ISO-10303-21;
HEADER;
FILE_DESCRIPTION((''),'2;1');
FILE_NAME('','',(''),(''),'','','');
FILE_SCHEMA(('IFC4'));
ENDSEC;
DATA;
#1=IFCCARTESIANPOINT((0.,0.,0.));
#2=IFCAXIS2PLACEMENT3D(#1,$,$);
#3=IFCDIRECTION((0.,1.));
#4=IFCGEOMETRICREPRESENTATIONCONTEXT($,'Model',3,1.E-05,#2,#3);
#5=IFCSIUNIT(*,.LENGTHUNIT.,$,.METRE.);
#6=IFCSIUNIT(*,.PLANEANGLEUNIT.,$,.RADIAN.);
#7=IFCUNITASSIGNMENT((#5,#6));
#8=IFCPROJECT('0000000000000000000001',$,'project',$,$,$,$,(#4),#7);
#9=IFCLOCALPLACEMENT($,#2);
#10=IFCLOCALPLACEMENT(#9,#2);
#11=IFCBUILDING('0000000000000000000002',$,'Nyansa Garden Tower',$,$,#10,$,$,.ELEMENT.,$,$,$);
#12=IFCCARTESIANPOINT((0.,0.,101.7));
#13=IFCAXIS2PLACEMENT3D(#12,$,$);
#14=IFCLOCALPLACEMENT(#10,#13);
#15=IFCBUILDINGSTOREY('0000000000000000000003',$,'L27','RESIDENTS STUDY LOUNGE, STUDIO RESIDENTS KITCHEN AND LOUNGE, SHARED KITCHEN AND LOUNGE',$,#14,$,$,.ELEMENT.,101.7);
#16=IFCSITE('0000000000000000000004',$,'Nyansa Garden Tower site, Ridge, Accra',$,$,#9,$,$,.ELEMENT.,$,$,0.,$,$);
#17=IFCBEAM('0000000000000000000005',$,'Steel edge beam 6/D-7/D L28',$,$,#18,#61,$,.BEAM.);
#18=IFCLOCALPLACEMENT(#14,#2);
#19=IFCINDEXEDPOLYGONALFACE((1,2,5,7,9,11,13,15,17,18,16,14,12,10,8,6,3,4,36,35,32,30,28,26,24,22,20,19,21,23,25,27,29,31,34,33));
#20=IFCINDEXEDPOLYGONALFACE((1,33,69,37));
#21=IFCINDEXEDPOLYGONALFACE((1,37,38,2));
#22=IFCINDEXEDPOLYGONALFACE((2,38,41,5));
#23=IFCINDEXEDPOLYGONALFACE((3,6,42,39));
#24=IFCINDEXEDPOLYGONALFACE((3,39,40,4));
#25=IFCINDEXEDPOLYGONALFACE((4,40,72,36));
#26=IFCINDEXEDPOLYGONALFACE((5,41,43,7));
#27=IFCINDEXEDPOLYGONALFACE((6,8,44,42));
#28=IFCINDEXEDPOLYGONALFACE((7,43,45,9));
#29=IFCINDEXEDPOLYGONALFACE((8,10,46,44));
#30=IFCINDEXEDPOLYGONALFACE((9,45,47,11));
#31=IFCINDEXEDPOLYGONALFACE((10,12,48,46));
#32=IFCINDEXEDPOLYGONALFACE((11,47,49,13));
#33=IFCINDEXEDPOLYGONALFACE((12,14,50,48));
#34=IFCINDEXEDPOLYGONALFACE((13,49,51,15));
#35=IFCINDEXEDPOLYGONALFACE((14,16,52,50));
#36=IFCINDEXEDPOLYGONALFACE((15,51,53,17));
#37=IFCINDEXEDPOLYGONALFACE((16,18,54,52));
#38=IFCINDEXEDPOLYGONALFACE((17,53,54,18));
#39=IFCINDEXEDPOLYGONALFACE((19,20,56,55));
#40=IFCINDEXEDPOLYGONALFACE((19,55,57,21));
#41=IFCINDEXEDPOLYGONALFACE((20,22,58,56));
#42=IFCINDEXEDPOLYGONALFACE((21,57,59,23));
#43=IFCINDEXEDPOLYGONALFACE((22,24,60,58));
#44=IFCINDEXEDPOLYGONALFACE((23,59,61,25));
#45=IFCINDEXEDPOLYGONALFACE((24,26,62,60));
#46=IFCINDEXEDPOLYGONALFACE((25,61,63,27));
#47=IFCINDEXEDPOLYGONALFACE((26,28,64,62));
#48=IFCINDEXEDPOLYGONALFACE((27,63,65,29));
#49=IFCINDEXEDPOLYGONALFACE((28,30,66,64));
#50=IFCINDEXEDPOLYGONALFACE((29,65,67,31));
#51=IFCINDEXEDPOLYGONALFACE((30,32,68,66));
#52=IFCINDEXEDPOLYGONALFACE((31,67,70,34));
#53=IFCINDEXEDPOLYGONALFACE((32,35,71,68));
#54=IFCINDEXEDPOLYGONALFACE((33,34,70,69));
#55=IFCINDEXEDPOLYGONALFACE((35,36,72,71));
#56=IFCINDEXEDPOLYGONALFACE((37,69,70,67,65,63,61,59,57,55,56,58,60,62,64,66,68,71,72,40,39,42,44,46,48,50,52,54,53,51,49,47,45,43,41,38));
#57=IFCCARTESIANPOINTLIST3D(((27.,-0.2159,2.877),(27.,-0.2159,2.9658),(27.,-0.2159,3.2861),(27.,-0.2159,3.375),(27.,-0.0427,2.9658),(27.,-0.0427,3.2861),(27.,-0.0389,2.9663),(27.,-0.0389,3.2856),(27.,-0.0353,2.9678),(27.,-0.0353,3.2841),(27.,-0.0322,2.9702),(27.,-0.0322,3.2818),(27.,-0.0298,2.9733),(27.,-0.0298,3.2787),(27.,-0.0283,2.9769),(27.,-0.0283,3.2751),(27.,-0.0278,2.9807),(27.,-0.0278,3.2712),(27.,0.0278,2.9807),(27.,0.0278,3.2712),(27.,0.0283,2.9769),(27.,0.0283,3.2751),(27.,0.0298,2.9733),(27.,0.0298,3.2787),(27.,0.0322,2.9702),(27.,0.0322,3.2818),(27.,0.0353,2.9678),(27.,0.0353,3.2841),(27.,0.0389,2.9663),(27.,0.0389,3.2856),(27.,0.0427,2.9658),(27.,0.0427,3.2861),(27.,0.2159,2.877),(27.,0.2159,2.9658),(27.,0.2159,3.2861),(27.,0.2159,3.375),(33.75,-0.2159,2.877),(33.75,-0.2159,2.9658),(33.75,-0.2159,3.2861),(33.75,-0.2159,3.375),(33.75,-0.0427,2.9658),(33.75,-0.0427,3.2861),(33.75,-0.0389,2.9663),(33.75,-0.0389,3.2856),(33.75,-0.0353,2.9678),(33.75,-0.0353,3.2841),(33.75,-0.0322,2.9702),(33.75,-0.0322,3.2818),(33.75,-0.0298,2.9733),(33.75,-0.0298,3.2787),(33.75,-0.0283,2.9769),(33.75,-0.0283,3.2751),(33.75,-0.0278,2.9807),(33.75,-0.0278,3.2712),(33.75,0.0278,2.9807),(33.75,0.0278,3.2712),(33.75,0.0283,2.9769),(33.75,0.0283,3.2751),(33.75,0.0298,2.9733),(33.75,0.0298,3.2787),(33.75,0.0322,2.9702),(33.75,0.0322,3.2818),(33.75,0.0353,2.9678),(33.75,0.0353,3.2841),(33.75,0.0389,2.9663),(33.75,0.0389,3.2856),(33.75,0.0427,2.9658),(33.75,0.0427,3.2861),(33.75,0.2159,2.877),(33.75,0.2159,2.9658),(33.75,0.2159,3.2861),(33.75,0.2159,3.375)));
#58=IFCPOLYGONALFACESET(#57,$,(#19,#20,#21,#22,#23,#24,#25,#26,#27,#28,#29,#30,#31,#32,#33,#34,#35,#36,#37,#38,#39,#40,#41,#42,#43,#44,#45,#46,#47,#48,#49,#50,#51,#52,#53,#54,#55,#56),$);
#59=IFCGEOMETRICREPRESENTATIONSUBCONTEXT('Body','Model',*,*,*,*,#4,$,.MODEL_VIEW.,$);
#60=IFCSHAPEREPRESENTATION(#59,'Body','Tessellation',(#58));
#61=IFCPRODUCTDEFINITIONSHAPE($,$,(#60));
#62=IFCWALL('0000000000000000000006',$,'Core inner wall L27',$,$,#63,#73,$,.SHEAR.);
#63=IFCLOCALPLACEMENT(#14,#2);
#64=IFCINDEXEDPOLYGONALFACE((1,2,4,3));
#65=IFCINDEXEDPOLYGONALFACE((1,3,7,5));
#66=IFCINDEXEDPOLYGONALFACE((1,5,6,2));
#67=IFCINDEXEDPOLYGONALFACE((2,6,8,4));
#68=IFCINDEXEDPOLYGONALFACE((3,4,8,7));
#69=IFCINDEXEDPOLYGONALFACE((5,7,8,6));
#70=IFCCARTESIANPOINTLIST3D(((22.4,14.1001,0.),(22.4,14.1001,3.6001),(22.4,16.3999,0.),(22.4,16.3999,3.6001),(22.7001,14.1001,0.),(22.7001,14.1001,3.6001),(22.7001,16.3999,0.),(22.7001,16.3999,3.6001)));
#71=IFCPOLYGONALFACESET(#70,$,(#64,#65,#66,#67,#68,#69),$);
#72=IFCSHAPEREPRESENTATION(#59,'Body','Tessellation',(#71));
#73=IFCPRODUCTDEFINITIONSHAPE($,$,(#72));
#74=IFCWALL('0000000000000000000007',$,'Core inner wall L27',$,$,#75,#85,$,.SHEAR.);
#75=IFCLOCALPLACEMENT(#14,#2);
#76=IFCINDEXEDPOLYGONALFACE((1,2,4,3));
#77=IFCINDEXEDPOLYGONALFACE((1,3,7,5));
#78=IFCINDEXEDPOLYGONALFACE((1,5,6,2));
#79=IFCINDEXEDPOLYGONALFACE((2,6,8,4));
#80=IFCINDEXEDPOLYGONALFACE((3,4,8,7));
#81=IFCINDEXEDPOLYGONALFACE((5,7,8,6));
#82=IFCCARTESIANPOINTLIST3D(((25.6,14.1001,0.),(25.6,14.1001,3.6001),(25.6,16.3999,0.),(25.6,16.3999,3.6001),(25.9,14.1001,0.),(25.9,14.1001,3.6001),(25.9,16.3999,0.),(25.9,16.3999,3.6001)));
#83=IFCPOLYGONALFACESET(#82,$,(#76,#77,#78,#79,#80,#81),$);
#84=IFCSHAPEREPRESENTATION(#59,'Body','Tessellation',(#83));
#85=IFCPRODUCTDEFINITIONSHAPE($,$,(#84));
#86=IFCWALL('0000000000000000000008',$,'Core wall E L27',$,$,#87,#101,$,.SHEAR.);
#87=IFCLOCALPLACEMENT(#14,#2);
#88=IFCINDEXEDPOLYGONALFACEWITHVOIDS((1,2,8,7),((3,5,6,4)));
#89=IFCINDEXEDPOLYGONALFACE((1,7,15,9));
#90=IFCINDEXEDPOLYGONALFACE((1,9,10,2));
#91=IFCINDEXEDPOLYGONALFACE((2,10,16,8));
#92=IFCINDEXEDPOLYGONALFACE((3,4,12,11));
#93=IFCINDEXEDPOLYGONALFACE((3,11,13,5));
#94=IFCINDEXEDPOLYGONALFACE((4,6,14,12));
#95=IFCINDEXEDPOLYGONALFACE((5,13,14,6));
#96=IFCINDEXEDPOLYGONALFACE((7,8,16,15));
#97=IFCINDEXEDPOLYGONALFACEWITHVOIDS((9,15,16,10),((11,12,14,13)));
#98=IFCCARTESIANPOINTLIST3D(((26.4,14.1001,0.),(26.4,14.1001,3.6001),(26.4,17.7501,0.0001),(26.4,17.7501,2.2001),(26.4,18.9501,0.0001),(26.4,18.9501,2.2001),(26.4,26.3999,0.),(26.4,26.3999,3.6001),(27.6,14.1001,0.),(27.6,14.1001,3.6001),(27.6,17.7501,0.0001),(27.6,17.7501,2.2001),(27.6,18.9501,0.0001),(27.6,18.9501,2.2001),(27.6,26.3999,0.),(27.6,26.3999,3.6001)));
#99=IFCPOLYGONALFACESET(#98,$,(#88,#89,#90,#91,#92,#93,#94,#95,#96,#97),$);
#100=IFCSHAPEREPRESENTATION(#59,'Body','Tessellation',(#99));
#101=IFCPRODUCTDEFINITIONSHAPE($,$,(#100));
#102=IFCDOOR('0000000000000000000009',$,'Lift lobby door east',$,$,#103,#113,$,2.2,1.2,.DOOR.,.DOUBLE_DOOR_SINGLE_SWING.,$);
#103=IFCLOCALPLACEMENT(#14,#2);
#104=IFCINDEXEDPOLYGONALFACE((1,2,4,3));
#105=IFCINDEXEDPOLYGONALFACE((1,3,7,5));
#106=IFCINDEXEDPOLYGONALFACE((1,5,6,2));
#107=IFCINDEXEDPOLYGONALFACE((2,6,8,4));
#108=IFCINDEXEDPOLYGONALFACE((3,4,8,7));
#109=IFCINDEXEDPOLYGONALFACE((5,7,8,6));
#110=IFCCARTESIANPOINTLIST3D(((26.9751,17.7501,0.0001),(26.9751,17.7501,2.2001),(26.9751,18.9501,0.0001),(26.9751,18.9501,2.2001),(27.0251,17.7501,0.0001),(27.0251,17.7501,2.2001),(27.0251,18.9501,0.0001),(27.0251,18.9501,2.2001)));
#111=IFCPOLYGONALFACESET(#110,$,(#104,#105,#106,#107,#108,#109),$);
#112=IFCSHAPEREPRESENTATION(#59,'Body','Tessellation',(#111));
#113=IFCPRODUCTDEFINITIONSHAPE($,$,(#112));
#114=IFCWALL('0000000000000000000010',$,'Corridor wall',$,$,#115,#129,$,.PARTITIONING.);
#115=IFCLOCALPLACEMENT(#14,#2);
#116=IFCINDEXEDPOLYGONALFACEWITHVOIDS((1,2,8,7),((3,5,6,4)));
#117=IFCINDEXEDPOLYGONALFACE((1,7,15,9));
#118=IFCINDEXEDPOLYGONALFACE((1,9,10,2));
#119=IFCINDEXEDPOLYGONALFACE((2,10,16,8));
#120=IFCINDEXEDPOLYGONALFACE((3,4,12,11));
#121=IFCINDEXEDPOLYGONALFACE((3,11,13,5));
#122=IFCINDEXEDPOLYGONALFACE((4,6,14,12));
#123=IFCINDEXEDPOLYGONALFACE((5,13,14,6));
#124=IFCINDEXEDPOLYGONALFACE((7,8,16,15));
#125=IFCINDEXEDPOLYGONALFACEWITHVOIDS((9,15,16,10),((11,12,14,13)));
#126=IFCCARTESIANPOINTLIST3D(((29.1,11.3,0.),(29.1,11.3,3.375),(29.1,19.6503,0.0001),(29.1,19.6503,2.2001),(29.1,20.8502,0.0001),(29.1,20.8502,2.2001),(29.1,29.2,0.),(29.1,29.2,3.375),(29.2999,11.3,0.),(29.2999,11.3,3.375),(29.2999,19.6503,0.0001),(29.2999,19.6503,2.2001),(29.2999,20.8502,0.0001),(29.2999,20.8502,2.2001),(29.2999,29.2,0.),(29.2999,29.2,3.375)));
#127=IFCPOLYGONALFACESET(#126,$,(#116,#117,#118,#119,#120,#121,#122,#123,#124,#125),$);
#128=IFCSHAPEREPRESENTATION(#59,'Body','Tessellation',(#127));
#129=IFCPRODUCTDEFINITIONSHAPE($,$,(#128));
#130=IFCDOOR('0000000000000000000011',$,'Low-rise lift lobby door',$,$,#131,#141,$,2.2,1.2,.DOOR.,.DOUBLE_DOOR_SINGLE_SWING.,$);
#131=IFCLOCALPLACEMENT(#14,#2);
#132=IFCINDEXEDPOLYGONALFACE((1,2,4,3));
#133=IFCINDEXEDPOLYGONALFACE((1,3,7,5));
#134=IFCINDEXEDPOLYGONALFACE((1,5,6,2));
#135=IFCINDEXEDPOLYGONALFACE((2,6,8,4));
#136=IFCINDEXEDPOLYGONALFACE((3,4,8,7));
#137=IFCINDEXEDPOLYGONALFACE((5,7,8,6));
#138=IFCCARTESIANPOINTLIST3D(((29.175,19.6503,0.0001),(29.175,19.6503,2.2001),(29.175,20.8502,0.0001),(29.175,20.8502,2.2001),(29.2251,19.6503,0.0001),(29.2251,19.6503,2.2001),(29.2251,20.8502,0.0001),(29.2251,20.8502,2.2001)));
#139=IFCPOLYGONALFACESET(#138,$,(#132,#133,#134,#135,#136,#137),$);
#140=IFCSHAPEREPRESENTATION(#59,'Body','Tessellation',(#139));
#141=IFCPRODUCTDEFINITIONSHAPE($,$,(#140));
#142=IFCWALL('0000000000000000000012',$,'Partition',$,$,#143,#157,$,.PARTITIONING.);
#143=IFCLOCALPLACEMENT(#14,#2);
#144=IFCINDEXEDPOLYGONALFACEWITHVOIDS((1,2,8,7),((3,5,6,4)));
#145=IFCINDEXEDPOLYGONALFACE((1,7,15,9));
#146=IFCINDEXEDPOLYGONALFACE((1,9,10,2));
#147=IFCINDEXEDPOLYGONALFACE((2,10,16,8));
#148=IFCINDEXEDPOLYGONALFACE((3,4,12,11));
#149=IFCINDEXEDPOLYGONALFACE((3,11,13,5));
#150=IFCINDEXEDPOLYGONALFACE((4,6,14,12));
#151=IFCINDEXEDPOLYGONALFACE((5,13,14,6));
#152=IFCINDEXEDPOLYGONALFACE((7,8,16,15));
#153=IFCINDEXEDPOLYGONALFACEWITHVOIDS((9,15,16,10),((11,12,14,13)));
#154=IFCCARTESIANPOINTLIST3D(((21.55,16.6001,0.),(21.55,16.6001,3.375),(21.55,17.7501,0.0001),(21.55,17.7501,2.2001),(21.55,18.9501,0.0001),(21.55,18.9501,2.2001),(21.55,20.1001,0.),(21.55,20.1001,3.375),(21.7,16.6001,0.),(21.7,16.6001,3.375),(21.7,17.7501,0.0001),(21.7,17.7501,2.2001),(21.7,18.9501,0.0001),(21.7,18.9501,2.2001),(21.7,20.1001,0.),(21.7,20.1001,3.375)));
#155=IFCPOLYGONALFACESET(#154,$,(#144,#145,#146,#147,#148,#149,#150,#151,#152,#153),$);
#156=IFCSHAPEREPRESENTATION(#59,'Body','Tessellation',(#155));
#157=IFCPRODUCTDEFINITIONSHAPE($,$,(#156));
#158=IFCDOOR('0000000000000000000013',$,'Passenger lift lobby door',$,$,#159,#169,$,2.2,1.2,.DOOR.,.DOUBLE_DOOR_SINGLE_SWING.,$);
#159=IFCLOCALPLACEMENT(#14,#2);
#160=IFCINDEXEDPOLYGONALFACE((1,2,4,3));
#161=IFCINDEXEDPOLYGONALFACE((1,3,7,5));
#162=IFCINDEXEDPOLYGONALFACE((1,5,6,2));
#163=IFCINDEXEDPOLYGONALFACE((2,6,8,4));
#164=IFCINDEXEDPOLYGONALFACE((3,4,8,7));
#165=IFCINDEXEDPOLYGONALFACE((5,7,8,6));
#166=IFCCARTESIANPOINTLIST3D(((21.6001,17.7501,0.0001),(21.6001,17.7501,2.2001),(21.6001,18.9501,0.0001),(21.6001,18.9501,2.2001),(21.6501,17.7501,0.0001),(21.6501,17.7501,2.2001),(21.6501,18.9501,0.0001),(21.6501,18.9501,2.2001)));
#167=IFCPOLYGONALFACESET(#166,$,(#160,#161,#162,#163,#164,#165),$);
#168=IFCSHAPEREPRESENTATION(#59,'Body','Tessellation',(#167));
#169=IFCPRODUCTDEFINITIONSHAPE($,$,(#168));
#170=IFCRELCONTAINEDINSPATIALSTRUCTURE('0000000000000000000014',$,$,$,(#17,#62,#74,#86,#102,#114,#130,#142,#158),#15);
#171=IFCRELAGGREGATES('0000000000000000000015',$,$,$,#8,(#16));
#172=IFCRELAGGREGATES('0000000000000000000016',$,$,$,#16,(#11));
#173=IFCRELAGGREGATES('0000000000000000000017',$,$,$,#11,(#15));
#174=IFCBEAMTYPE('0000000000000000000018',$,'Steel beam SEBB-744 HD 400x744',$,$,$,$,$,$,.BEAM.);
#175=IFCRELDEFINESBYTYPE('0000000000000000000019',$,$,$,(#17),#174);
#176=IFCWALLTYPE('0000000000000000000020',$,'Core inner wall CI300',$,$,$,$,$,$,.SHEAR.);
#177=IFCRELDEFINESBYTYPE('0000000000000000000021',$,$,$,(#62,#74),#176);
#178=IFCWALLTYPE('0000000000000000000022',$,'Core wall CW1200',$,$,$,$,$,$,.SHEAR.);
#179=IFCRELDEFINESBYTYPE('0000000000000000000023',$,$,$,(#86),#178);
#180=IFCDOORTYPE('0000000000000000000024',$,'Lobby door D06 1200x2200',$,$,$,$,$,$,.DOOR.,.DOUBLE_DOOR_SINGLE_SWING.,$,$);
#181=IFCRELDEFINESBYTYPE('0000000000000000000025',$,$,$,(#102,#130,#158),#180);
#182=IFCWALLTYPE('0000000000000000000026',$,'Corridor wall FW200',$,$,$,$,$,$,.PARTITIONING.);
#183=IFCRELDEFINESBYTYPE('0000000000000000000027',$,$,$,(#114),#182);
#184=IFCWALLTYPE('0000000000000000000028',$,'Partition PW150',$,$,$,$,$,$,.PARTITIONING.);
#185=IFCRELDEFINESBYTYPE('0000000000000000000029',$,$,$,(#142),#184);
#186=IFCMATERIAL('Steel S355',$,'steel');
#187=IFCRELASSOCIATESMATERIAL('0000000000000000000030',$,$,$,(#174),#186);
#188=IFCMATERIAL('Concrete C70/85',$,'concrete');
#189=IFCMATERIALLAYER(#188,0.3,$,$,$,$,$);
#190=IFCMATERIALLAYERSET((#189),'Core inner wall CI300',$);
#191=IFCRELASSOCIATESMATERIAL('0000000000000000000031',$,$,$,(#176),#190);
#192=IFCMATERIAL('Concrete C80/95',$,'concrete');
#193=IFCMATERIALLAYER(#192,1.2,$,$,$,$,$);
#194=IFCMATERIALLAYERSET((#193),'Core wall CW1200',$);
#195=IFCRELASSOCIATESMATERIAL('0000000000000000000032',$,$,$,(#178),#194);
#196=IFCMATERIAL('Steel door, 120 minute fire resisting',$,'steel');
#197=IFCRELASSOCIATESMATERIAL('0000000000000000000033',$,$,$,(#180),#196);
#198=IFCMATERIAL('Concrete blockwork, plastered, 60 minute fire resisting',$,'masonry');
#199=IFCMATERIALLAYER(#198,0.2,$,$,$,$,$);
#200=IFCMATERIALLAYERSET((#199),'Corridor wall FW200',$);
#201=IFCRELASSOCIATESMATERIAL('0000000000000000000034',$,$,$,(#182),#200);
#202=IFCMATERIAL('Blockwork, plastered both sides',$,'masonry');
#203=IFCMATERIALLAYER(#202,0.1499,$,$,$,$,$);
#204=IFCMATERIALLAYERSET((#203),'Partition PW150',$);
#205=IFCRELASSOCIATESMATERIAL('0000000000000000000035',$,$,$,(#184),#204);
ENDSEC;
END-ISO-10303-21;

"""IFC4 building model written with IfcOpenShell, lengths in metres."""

from ifc_helpers import new_model, si_unit, direction, frame, frame_2d, origin, origin_2d, place, context, subcontext, project, spatial, rectangle, i_section, extrude, material, layer, layer_set, material_profile, profile_set, type_object, element, fill, save


model = new_model("IFC4")

# Units and contexts
model_context = context("Model", 3, precision=1e-05, world=origin(), true_north=direction((0.0, 1.0)))
body_context = subcontext(model_context, "Body", "Model", "MODEL_VIEW")
ifc_project = project(units=[si_unit("LENGTHUNIT", "METRE"), si_unit("PLANEANGLEUNIT", "RADIAN")], contexts=[model_context])

# Site, building, storey
site_placement = place(None, origin())
site = spatial("IfcSite", under=ifc_project, at=site_placement, Name="Nyansa Garden Tower site, Ridge, Accra", CompositionType="ELEMENT", RefElevation=0.0)
building_placement = place(site_placement, origin())
building = spatial("IfcBuilding", under=site, at=building_placement, Name="Nyansa Garden Tower", CompositionType="ELEMENT")
storey_placement = place(building_placement, frame((0.0, 0.0, 101.7)))
storey = spatial("IfcBuildingStorey", under=building, at=storey_placement, Name="L27", Description="RESIDENTS STUDY LOUNGE, STUDIO RESIDENTS KITCHEN AND LOUNGE, SHARED KITCHEN AND LOUNGE", CompositionType="ELEMENT", Elevation=101.7)

# Beam
ifc_material_1 = material(Name="Steel S355", Category="steel")
ifc_material_profile_1 = material_profile(ifc_material_1, i_section(OverallWidth=0.4319, OverallDepth=0.498, WebThickness=0.0557, FlangeThickness=0.0889, FilletRadius=0.0149, at=origin_2d()), Name="HD 400x744")
ifc_profile_set_1 = profile_set([ifc_material_profile_1], Name="Steel S355")
beam_type_1 = type_object("IfcBeamType", Name="Steel beam SEBB-744 HD 400x744", PredefinedType="BEAM", material=ifc_profile_set_1)
beam_1_placement = place(storey_placement, frame((27.0, 0.0, 3.126), z_axis=(1.0, 0.0, 0.0), x_axis=(0.0, 1.0, 0.0)))
element("IfcBeam", 1, at=beam_1_placement, inside=storey, type_object=beam_type_1, Name="Steel edge beam 6/D-7/D L28", PredefinedType="BEAM", context=body_context, shape_type="SweptSolid", body=[
    extrude(i_section(OverallWidth=0.4319, OverallDepth=0.498, WebThickness=0.0557, FlangeThickness=0.0889, FilletRadius=0.0149, at=origin_2d()), origin(), (0.0, 0.0, 1.0), 6.75),
])

# Walls
ifc_material_2 = material(Name="Concrete C70/85", Category="concrete")
ifc_layer_1 = layer(ifc_material_2, 0.3)
ifc_layer_set_1 = layer_set([ifc_layer_1], Name="Core inner wall CI300")
wall_type_1 = type_object("IfcWallType", Name="Core inner wall CI300", PredefinedType="SHEAR", material=ifc_layer_set_1)
for number, where, z_axis, x_axis, name in (
    (2, (22.55, 14.1001, 0.0), (0.0, 0.0, 1.0), (0.0, 1.0, 0.0), "Core inner wall L27"),
    (3, (25.75, 14.1001, 0.0), (0.0, 0.0, 1.0), (0.0, 1.0, 0.0), "Core inner wall L27"),
):
    element("IfcWall", number, at=place(storey_placement, frame(where, z_axis=z_axis, x_axis=x_axis)), inside=storey, type_object=wall_type_1, Name=name, PredefinedType="SHEAR", context=body_context, shape_type="SweptSolid", body=[
        extrude(rectangle(XDim=2.2998, YDim=0.3, at=frame_2d((1.1499, 0.0))), origin(), (0.0, 0.0, 1.0), 3.6001),
    ])

# Walls, openings, doors
ifc_material_3 = material(Name="Concrete C80/95", Category="concrete")
ifc_layer_2 = layer(ifc_material_3, 1.2)
ifc_layer_set_2 = layer_set([ifc_layer_2], Name="Core wall CW1200")
wall_type_2 = type_object("IfcWallType", Name="Core wall CW1200", PredefinedType="SHEAR", material=ifc_layer_set_2)
wall_1_placement = place(storey_placement, frame((27.0, 14.1001, 0.0), z_axis=(0.0, 0.0, 1.0), x_axis=(0.0, 1.0, 0.0)))
wall_1 = element("IfcWall", 4, at=wall_1_placement, inside=storey, type_object=wall_type_2, Name="Core wall E L27", PredefinedType="SHEAR", context=body_context, shape_type="SweptSolid", body=[
    extrude(rectangle(XDim=12.2998, YDim=1.2, at=frame_2d((6.1499, 0.0))), origin(), (0.0, 0.0, 1.0), 3.6001),
])
opening_1_placement = place(wall_1_placement, frame((3.6499, 0.0, 0.0)))
opening_1 = element("IfcOpeningElement", 5, at=opening_1_placement, cuts=wall_1, PredefinedType="OPENING", context=body_context, shape_type="SweptSolid", body=[
    extrude(rectangle(XDim=1.2, YDim=2.2, at=frame_2d((0.6001, 1.1001))), frame((0.0, 0.6099, 0.0), z_axis=(0.0, -1.0, 0.0), x_axis=(1.0, 0.0, 0.0)), (0.0, 0.0, 1.0), 1.22),
])
ifc_material_4 = material(Name="Steel door, 120 minute fire resisting", Category="steel")
door_type_1 = type_object("IfcDoorType", Name="Lobby door D06 1200x2200", OperationType="DOUBLE_DOOR_SINGLE_SWING", PredefinedType="DOOR", material=ifc_material_4)
door_1_placement = place(opening_1_placement, origin())
door_1 = element("IfcDoor", 6, at=door_1_placement, inside=storey, type_object=door_type_1, Name="Lift lobby door east", OperationType="DOUBLE_DOOR_SINGLE_SWING", OverallHeight=2.2, OverallWidth=1.2, PredefinedType="DOOR", context=body_context, shape_type="SweptSolid", body=[
    extrude(rectangle(XDim=1.2, YDim=2.2, at=frame_2d((0.6001, 1.1001))), frame((0.0, 0.0249, 0.0), z_axis=(0.0, -1.0, 0.0), x_axis=(1.0, 0.0, 0.0)), (0.0, 0.0, 1.0), 0.05),
])
fill(opening_1, door_1)
ifc_material_5 = material(Name="Concrete blockwork, plastered, 60 minute fire resisting", Category="masonry")
ifc_layer_3 = layer(ifc_material_5, 0.2)
ifc_layer_set_3 = layer_set([ifc_layer_3], Name="Corridor wall FW200")
wall_type_3 = type_object("IfcWallType", Name="Corridor wall FW200", PredefinedType="PARTITIONING", material=ifc_layer_set_3)
wall_2_placement = place(storey_placement, frame((29.2, 11.3, 0.0), z_axis=(0.0, 0.0, 1.0), x_axis=(0.0, 1.0, 0.0)))
wall_2 = element("IfcWall", 7, at=wall_2_placement, inside=storey, type_object=wall_type_3, Name="Corridor wall", PredefinedType="PARTITIONING", context=body_context, shape_type="SweptSolid", body=[
    extrude(rectangle(XDim=17.8999, YDim=0.2, at=frame_2d((8.95, 0.0))), origin(), (0.0, 0.0, 1.0), 3.375),
])
opening_2_placement = place(wall_2_placement, frame((8.3501, 0.0, 0.0)))
opening_2 = element("IfcOpeningElement", 8, at=opening_2_placement, cuts=wall_2, PredefinedType="OPENING", context=body_context, shape_type="SweptSolid", body=[
    extrude(rectangle(XDim=1.2, YDim=2.2, at=frame_2d((0.6001, 1.1001))), frame((0.0, 0.1099, 0.0), z_axis=(0.0, -1.0, 0.0), x_axis=(1.0, 0.0, 0.0)), (0.0, 0.0, 1.0), 0.22),
])
door_2_placement = place(opening_2_placement, origin())
door_2 = element("IfcDoor", 9, at=door_2_placement, inside=storey, type_object=door_type_1, Name="Low-rise lift lobby door", OperationType="DOUBLE_DOOR_SINGLE_SWING", OverallHeight=2.2, OverallWidth=1.2, PredefinedType="DOOR", context=body_context, shape_type="SweptSolid", body=[
    extrude(rectangle(XDim=1.2, YDim=2.2, at=frame_2d((0.6001, 1.1001))), frame((0.0, 0.0249, 0.0), z_axis=(0.0, -1.0, 0.0), x_axis=(1.0, 0.0, 0.0)), (0.0, 0.0, 1.0), 0.05),
])
fill(opening_2, door_2)
ifc_material_6 = material(Name="Blockwork, plastered both sides", Category="masonry")
ifc_layer_4 = layer(ifc_material_6, 0.1499)
ifc_layer_set_4 = layer_set([ifc_layer_4], Name="Partition PW150")
wall_type_4 = type_object("IfcWallType", Name="Partition PW150", PredefinedType="PARTITIONING", material=ifc_layer_set_4)
wall_3_placement = place(storey_placement, frame((21.625, 16.6001, 0.0), z_axis=(0.0, 0.0, 1.0), x_axis=(0.0, 1.0, 0.0)))
wall_3 = element("IfcWall", 10, at=wall_3_placement, inside=storey, type_object=wall_type_4, Name="Partition", PredefinedType="PARTITIONING", context=body_context, shape_type="SweptSolid", body=[
    extrude(rectangle(XDim=3.5, YDim=0.1499, at=frame_2d((1.75, 0.0))), origin(), (0.0, 0.0, 1.0), 3.375),
])
opening_3_placement = place(wall_3_placement, frame((1.1499, 0.0, 0.0)))
opening_3 = element("IfcOpeningElement", 11, at=opening_3_placement, cuts=wall_3, PredefinedType="OPENING", context=body_context, shape_type="SweptSolid", body=[
    extrude(rectangle(XDim=1.2, YDim=2.2, at=frame_2d((0.6001, 1.1001))), frame((0.0, 0.085, 0.0), z_axis=(0.0, -1.0, 0.0), x_axis=(1.0, 0.0, 0.0)), (0.0, 0.0, 1.0), 0.1699),
])
door_3_placement = place(opening_3_placement, origin())
door_3 = element("IfcDoor", 12, at=door_3_placement, inside=storey, type_object=door_type_1, Name="Passenger lift lobby door", OperationType="DOUBLE_DOOR_SINGLE_SWING", OverallHeight=2.2, OverallWidth=1.2, PredefinedType="DOOR", context=body_context, shape_type="SweptSolid", body=[
    extrude(rectangle(XDim=1.2, YDim=2.2, at=frame_2d((0.6001, 1.1001))), frame((0.0, 0.0249, 0.0), z_axis=(0.0, -1.0, 0.0), x_axis=(1.0, 0.0, 0.0)), (0.0, 0.0, 1.0), 0.05),
])
fill(opening_3, door_3)

save(model, "model.ifc")
